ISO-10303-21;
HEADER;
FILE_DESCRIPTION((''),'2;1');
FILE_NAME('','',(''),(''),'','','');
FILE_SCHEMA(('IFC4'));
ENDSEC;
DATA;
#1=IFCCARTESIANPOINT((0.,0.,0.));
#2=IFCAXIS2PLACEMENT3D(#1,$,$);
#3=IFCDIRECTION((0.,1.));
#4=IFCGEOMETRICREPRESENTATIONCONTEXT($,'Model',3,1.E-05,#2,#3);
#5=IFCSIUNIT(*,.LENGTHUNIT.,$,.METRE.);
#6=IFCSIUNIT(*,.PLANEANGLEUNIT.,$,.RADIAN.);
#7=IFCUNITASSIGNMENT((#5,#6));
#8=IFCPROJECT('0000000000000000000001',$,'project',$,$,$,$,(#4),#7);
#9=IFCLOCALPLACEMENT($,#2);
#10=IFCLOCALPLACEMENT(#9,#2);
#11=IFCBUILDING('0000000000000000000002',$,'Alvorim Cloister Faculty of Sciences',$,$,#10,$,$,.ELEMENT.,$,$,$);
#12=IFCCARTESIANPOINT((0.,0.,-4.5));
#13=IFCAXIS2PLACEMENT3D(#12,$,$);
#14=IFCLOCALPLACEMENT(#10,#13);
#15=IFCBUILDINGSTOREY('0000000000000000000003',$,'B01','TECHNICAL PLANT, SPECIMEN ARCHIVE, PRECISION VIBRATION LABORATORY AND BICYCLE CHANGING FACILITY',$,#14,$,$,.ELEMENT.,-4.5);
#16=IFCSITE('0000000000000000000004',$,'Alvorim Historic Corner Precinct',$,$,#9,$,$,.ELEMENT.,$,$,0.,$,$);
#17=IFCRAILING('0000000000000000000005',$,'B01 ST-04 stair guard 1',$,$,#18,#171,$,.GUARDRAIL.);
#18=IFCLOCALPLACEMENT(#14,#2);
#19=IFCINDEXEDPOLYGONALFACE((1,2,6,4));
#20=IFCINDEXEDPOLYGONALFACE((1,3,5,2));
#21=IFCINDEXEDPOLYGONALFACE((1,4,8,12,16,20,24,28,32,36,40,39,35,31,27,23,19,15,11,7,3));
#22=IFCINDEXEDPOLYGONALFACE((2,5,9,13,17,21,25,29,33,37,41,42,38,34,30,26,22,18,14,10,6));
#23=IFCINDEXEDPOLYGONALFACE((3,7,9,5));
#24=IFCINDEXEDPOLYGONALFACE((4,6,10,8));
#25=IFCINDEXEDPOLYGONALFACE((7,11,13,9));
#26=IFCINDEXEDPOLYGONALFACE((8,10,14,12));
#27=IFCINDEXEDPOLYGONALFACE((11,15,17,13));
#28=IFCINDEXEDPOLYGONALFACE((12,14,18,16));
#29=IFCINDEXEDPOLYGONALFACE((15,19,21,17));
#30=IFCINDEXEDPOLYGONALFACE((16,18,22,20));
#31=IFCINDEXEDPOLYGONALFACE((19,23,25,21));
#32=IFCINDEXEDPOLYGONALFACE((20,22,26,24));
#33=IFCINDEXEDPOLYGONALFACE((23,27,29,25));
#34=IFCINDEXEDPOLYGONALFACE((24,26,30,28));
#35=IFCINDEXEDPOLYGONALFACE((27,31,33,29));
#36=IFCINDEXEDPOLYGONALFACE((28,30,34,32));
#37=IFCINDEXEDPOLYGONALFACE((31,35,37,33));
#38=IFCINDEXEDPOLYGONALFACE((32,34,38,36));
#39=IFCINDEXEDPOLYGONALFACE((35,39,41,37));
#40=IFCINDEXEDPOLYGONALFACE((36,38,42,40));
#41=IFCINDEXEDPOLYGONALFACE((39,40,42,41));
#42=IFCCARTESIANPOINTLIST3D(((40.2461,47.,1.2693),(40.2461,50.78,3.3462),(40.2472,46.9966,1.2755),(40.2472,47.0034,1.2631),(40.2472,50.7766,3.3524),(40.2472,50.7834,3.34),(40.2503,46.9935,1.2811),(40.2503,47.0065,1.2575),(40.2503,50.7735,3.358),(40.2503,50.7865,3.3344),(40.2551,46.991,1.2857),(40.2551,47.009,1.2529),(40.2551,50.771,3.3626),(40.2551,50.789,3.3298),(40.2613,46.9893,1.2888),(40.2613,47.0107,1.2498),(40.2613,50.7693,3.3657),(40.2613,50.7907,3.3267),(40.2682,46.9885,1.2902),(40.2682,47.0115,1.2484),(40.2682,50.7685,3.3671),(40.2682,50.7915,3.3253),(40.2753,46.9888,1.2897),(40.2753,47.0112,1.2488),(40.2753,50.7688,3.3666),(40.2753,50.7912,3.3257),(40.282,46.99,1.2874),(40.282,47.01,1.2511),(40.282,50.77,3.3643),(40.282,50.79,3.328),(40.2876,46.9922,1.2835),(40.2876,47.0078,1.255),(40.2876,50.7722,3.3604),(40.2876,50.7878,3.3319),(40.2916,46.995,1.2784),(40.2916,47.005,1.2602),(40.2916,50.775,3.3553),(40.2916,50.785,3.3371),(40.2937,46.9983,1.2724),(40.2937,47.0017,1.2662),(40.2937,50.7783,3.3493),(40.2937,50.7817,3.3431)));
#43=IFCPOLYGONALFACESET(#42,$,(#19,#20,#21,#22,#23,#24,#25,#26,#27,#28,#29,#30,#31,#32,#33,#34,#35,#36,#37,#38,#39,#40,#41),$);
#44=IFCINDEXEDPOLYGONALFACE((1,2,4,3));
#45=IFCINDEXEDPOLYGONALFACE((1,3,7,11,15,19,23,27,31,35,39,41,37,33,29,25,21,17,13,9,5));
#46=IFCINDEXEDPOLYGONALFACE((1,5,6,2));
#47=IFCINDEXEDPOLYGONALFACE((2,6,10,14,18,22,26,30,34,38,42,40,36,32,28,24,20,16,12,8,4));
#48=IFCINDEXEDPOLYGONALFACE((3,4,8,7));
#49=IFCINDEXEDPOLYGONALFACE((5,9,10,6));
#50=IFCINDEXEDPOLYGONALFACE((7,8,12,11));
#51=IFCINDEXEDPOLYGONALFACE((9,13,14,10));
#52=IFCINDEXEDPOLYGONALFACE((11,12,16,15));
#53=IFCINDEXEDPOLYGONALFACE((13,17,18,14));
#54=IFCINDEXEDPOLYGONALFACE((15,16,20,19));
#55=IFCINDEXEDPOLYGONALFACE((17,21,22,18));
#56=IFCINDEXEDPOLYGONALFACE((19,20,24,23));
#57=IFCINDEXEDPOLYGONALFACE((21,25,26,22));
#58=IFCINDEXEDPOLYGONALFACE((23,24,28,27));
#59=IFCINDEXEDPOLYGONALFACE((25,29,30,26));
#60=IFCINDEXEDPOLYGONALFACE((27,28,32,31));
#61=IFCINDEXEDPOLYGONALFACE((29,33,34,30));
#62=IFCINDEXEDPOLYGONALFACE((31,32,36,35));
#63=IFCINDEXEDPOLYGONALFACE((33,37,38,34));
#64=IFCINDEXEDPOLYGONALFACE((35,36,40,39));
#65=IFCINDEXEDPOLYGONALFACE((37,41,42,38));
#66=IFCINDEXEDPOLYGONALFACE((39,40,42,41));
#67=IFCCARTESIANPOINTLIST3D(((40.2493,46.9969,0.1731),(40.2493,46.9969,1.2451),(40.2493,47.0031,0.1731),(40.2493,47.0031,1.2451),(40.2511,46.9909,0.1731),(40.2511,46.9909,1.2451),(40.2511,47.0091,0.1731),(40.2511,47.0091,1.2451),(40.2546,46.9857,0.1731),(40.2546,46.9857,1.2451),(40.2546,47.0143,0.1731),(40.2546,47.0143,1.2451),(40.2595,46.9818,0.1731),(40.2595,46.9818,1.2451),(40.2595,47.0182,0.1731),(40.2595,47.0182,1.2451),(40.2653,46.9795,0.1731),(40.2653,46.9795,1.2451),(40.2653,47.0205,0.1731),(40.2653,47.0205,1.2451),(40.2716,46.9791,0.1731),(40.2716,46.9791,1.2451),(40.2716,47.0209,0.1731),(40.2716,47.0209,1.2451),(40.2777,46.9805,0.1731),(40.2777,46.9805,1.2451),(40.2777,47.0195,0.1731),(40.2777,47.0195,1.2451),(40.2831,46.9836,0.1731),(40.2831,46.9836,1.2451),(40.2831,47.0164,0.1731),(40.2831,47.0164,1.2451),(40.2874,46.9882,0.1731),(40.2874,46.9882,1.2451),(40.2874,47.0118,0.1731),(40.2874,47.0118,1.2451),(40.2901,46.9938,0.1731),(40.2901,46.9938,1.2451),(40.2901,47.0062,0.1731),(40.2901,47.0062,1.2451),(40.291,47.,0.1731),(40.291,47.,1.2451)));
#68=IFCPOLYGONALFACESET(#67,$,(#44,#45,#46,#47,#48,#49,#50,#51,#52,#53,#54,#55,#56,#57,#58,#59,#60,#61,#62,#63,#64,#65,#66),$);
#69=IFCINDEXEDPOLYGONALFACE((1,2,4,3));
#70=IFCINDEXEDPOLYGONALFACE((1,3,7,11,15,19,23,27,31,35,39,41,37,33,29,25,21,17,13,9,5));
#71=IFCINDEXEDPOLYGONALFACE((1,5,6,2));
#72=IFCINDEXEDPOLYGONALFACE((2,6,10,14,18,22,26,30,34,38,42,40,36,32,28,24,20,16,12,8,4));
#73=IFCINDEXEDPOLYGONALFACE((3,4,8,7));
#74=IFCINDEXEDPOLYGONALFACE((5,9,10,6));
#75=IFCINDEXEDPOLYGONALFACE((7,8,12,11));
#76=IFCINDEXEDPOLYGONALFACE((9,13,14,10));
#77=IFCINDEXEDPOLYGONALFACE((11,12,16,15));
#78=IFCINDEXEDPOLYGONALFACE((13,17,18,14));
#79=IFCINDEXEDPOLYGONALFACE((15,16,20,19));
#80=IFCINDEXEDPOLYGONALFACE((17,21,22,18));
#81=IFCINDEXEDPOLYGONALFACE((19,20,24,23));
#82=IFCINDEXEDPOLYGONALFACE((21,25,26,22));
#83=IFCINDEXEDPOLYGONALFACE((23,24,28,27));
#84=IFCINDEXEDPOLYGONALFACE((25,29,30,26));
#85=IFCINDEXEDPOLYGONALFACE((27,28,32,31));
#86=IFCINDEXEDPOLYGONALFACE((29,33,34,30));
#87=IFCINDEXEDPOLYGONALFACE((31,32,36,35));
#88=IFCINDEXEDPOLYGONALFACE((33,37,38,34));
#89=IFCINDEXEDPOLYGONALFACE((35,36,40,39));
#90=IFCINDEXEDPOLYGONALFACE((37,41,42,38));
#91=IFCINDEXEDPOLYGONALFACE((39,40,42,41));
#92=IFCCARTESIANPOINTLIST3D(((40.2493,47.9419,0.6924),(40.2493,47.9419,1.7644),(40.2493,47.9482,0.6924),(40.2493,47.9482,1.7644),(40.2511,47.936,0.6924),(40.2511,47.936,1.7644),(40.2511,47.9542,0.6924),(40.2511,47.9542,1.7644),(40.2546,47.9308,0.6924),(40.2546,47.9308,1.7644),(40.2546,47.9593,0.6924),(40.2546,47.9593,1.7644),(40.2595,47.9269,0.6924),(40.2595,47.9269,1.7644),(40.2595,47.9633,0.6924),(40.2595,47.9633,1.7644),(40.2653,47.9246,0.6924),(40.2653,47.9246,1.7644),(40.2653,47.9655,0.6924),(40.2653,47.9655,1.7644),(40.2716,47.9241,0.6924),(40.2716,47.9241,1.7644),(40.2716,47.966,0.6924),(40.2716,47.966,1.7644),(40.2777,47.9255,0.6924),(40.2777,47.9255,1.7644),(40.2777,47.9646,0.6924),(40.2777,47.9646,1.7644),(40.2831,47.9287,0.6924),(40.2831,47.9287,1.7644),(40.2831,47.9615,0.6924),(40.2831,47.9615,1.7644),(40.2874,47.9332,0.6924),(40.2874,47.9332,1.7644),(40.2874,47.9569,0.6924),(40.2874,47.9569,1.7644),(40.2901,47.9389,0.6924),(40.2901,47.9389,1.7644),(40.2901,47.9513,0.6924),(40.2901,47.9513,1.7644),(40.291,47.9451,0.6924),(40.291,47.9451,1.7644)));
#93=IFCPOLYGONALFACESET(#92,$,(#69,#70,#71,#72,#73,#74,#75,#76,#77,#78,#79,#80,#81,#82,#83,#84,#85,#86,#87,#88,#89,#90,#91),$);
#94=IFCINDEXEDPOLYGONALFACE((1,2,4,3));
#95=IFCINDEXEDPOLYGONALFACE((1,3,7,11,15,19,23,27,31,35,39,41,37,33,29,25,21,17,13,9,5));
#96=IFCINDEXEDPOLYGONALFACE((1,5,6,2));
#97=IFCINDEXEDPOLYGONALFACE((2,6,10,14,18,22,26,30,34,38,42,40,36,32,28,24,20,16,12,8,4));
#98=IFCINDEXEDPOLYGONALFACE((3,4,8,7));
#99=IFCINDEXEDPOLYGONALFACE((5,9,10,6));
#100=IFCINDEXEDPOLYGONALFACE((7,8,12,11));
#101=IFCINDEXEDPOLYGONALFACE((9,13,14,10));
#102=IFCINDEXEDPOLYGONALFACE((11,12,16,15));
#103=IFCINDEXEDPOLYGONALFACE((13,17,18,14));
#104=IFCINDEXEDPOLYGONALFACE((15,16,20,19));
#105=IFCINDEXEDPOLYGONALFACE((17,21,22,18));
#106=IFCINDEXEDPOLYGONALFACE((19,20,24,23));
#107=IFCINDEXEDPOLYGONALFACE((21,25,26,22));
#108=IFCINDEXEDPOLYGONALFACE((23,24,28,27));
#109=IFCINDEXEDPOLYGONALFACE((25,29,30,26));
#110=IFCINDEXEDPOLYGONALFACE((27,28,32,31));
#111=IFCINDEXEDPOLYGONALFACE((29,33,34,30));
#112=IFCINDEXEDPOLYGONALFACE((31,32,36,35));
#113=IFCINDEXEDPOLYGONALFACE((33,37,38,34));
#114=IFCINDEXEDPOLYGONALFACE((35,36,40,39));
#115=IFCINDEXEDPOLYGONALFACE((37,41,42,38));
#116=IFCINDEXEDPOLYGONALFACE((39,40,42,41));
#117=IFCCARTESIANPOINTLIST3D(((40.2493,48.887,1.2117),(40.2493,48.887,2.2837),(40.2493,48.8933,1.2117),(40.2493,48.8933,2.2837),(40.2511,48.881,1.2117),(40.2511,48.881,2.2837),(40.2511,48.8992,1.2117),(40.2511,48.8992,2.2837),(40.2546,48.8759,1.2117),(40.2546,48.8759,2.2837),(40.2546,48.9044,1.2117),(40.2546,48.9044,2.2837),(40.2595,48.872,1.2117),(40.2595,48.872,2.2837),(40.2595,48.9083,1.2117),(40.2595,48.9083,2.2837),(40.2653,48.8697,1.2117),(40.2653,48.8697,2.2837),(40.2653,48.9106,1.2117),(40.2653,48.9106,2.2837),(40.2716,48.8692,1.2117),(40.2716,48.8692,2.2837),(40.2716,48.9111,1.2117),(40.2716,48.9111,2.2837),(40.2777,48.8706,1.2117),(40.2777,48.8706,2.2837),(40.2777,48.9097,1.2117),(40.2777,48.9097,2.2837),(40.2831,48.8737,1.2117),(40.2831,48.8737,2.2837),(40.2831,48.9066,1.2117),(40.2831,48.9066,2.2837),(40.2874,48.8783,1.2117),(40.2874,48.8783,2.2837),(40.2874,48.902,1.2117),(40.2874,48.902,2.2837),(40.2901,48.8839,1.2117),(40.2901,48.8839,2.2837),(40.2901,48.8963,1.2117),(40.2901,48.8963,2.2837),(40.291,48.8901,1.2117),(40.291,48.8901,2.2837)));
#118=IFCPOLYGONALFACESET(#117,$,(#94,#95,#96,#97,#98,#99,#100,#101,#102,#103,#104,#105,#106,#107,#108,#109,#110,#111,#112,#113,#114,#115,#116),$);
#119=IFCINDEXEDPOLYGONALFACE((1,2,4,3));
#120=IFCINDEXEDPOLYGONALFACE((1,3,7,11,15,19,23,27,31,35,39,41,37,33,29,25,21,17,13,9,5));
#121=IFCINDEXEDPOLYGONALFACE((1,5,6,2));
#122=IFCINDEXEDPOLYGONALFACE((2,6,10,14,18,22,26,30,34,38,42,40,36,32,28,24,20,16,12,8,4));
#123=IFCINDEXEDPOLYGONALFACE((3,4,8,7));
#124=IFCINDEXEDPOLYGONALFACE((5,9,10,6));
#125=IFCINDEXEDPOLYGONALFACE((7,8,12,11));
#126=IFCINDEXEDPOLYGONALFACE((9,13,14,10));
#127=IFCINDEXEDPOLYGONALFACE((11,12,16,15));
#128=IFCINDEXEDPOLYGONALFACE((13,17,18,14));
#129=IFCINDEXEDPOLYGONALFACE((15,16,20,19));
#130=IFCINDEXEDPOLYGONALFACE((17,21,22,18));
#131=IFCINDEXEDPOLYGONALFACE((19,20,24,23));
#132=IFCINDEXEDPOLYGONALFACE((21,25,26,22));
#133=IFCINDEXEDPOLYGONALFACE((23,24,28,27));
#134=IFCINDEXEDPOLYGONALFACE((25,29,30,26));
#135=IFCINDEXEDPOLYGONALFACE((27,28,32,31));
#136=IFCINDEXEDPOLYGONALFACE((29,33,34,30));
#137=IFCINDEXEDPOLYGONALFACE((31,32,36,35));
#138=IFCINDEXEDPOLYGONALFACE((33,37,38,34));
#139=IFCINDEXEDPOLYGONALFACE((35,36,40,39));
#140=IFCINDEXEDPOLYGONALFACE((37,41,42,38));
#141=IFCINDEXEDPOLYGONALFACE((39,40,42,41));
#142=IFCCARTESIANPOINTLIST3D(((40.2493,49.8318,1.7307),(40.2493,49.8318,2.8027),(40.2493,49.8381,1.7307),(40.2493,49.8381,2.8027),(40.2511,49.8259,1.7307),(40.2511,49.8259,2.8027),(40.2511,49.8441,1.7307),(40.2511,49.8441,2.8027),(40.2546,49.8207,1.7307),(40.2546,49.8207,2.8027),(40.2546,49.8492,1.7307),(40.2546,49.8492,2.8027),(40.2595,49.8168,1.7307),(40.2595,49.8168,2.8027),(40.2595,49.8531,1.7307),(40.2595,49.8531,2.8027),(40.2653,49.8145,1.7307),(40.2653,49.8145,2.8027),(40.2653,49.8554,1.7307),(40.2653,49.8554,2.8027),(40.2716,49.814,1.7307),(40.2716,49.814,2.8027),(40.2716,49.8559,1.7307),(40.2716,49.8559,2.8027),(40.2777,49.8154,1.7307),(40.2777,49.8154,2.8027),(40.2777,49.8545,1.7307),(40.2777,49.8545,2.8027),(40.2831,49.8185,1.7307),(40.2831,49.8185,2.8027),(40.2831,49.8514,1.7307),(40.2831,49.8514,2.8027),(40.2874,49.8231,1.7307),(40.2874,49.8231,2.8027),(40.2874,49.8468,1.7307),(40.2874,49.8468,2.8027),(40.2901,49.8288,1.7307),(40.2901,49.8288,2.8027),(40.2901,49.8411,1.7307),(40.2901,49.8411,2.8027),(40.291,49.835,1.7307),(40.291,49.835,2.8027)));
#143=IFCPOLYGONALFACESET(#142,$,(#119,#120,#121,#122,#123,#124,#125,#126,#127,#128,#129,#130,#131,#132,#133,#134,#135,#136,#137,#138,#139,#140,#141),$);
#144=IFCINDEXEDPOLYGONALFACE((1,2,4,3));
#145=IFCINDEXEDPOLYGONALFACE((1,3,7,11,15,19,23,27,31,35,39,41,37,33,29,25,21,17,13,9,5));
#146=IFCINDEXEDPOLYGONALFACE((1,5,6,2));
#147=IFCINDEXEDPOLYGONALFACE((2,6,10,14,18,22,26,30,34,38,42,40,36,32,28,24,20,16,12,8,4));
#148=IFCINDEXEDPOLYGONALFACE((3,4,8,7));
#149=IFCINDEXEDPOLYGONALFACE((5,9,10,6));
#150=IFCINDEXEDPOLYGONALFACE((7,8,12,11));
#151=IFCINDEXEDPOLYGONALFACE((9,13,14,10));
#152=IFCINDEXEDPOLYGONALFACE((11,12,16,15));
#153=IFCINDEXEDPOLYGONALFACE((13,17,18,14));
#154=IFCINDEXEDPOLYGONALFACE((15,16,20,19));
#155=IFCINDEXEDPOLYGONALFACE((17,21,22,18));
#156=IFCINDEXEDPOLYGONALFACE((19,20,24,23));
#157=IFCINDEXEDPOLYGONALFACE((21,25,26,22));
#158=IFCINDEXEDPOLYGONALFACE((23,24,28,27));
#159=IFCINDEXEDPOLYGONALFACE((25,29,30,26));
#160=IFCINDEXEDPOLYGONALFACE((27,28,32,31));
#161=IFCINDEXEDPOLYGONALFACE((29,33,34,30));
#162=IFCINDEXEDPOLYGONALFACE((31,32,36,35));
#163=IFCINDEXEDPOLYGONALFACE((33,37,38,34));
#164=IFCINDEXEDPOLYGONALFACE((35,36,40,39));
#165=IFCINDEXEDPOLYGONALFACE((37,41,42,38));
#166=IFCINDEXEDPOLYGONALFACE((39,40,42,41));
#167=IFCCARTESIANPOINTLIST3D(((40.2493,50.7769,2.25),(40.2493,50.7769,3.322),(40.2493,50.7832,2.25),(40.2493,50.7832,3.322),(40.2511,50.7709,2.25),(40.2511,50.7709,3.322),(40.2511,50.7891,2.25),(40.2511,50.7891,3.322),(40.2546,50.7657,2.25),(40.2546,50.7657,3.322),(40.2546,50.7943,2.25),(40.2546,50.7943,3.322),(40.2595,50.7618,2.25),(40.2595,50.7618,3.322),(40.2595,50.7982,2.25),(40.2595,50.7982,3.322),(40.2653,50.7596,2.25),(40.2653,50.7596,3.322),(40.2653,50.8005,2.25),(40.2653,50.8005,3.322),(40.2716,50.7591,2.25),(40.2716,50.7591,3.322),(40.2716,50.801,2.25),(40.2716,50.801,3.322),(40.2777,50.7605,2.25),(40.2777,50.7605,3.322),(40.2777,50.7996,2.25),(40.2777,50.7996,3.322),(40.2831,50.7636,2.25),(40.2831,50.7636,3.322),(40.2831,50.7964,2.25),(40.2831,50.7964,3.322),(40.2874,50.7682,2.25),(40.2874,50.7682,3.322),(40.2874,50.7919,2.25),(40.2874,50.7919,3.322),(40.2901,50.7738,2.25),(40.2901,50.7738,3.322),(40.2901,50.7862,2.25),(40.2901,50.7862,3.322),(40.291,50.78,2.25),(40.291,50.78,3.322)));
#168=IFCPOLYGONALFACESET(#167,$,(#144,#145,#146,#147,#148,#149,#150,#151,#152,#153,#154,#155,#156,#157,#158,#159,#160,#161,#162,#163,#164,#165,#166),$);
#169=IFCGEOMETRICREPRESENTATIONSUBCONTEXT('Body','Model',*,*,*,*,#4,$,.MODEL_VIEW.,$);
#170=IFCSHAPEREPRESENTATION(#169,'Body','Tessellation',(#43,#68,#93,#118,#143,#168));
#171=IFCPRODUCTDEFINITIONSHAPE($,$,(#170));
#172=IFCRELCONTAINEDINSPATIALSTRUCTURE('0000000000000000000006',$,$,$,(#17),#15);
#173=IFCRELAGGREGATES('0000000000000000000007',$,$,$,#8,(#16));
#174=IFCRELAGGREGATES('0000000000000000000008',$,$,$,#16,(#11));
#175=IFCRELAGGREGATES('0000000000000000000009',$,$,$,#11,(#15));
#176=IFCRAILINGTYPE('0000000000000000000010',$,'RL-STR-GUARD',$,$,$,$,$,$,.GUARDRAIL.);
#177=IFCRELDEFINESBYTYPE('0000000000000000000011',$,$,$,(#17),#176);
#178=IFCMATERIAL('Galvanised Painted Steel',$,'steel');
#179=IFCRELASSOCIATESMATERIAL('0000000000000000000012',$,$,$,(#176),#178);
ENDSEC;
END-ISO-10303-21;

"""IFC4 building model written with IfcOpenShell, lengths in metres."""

from ifc_helpers import new_model, si_unit, direction, frame, origin, origin_2d, place, context, subcontext, project, spatial, circle, extrude, material, type_object, element, save


model = new_model("IFC4")

# Units and contexts
model_context = context("Model", 3, precision=1e-05, world=origin(), true_north=direction((0.0, 1.0)))
body_context = subcontext(model_context, "Body", "Model", "MODEL_VIEW")
ifc_project = project(units=[si_unit("LENGTHUNIT", "METRE"), si_unit("PLANEANGLEUNIT", "RADIAN")], contexts=[model_context])

# Site, building, storey
site_placement = place(None, origin())
site = spatial("IfcSite", under=ifc_project, at=site_placement, Name="Alvorim Historic Corner Precinct", CompositionType="ELEMENT", RefElevation=0.0)
building_placement = place(site_placement, origin())
building = spatial("IfcBuilding", under=site, at=building_placement, Name="Alvorim Cloister Faculty of Sciences", CompositionType="ELEMENT")
storey_placement = place(building_placement, frame((0.0, 0.0, -4.5)))
storey = spatial("IfcBuildingStorey", under=building, at=storey_placement, Name="B01", Description="TECHNICAL PLANT, SPECIMEN ARCHIVE, PRECISION VIBRATION LABORATORY AND BICYCLE CHANGING FACILITY", CompositionType="ELEMENT", Elevation=-4.5)

# Railing
ifc_material_1 = material(Name="Galvanised Painted Steel", Category="steel")
railing_type_1 = type_object("IfcRailingType", Name="RL-STR-GUARD", PredefinedType="GUARDRAIL", material=ifc_material_1)
railing_1_placement = place(storey_placement, frame((40.27, 47.0, 0.1731)))
element("IfcRailing", 1, at=railing_1_placement, inside=storey, type_object=railing_type_1, Name="B01 ST-04 stair guard 1", PredefinedType="GUARDRAIL", context=body_context, shape_type="SweptSolid", body=[
    extrude(circle(Radius=0.0239, at=origin_2d()), frame((0.0, 0.0, 1.0962), z_axis=(0.0, 0.876423, 0.481543), x_axis=(-1.0, 0.0, 0.0)), (0.0, 0.0, 1.0), 4.313),
    extrude(circle(Radius=0.021, at=origin_2d()), origin(), (0.0, 0.0, 1.0), 1.072),
    extrude(circle(Radius=0.021, at=origin_2d()), frame((0.0, 0.9451, 0.5193)), (0.0, 0.0, 1.0), 1.072),
    extrude(circle(Radius=0.021, at=origin_2d()), frame((0.0, 1.8901, 1.0386)), (0.0, 0.0, 1.0), 1.072),
    extrude(circle(Radius=0.021, at=origin_2d()), frame((0.0, 2.835, 1.5576)), (0.0, 0.0, 1.0), 1.072),
    extrude(circle(Radius=0.021, at=origin_2d()), frame((0.0, 3.78, 2.0769)), (0.0, 0.0, 1.0), 1.072),
])

save(model, "model.ifc")
